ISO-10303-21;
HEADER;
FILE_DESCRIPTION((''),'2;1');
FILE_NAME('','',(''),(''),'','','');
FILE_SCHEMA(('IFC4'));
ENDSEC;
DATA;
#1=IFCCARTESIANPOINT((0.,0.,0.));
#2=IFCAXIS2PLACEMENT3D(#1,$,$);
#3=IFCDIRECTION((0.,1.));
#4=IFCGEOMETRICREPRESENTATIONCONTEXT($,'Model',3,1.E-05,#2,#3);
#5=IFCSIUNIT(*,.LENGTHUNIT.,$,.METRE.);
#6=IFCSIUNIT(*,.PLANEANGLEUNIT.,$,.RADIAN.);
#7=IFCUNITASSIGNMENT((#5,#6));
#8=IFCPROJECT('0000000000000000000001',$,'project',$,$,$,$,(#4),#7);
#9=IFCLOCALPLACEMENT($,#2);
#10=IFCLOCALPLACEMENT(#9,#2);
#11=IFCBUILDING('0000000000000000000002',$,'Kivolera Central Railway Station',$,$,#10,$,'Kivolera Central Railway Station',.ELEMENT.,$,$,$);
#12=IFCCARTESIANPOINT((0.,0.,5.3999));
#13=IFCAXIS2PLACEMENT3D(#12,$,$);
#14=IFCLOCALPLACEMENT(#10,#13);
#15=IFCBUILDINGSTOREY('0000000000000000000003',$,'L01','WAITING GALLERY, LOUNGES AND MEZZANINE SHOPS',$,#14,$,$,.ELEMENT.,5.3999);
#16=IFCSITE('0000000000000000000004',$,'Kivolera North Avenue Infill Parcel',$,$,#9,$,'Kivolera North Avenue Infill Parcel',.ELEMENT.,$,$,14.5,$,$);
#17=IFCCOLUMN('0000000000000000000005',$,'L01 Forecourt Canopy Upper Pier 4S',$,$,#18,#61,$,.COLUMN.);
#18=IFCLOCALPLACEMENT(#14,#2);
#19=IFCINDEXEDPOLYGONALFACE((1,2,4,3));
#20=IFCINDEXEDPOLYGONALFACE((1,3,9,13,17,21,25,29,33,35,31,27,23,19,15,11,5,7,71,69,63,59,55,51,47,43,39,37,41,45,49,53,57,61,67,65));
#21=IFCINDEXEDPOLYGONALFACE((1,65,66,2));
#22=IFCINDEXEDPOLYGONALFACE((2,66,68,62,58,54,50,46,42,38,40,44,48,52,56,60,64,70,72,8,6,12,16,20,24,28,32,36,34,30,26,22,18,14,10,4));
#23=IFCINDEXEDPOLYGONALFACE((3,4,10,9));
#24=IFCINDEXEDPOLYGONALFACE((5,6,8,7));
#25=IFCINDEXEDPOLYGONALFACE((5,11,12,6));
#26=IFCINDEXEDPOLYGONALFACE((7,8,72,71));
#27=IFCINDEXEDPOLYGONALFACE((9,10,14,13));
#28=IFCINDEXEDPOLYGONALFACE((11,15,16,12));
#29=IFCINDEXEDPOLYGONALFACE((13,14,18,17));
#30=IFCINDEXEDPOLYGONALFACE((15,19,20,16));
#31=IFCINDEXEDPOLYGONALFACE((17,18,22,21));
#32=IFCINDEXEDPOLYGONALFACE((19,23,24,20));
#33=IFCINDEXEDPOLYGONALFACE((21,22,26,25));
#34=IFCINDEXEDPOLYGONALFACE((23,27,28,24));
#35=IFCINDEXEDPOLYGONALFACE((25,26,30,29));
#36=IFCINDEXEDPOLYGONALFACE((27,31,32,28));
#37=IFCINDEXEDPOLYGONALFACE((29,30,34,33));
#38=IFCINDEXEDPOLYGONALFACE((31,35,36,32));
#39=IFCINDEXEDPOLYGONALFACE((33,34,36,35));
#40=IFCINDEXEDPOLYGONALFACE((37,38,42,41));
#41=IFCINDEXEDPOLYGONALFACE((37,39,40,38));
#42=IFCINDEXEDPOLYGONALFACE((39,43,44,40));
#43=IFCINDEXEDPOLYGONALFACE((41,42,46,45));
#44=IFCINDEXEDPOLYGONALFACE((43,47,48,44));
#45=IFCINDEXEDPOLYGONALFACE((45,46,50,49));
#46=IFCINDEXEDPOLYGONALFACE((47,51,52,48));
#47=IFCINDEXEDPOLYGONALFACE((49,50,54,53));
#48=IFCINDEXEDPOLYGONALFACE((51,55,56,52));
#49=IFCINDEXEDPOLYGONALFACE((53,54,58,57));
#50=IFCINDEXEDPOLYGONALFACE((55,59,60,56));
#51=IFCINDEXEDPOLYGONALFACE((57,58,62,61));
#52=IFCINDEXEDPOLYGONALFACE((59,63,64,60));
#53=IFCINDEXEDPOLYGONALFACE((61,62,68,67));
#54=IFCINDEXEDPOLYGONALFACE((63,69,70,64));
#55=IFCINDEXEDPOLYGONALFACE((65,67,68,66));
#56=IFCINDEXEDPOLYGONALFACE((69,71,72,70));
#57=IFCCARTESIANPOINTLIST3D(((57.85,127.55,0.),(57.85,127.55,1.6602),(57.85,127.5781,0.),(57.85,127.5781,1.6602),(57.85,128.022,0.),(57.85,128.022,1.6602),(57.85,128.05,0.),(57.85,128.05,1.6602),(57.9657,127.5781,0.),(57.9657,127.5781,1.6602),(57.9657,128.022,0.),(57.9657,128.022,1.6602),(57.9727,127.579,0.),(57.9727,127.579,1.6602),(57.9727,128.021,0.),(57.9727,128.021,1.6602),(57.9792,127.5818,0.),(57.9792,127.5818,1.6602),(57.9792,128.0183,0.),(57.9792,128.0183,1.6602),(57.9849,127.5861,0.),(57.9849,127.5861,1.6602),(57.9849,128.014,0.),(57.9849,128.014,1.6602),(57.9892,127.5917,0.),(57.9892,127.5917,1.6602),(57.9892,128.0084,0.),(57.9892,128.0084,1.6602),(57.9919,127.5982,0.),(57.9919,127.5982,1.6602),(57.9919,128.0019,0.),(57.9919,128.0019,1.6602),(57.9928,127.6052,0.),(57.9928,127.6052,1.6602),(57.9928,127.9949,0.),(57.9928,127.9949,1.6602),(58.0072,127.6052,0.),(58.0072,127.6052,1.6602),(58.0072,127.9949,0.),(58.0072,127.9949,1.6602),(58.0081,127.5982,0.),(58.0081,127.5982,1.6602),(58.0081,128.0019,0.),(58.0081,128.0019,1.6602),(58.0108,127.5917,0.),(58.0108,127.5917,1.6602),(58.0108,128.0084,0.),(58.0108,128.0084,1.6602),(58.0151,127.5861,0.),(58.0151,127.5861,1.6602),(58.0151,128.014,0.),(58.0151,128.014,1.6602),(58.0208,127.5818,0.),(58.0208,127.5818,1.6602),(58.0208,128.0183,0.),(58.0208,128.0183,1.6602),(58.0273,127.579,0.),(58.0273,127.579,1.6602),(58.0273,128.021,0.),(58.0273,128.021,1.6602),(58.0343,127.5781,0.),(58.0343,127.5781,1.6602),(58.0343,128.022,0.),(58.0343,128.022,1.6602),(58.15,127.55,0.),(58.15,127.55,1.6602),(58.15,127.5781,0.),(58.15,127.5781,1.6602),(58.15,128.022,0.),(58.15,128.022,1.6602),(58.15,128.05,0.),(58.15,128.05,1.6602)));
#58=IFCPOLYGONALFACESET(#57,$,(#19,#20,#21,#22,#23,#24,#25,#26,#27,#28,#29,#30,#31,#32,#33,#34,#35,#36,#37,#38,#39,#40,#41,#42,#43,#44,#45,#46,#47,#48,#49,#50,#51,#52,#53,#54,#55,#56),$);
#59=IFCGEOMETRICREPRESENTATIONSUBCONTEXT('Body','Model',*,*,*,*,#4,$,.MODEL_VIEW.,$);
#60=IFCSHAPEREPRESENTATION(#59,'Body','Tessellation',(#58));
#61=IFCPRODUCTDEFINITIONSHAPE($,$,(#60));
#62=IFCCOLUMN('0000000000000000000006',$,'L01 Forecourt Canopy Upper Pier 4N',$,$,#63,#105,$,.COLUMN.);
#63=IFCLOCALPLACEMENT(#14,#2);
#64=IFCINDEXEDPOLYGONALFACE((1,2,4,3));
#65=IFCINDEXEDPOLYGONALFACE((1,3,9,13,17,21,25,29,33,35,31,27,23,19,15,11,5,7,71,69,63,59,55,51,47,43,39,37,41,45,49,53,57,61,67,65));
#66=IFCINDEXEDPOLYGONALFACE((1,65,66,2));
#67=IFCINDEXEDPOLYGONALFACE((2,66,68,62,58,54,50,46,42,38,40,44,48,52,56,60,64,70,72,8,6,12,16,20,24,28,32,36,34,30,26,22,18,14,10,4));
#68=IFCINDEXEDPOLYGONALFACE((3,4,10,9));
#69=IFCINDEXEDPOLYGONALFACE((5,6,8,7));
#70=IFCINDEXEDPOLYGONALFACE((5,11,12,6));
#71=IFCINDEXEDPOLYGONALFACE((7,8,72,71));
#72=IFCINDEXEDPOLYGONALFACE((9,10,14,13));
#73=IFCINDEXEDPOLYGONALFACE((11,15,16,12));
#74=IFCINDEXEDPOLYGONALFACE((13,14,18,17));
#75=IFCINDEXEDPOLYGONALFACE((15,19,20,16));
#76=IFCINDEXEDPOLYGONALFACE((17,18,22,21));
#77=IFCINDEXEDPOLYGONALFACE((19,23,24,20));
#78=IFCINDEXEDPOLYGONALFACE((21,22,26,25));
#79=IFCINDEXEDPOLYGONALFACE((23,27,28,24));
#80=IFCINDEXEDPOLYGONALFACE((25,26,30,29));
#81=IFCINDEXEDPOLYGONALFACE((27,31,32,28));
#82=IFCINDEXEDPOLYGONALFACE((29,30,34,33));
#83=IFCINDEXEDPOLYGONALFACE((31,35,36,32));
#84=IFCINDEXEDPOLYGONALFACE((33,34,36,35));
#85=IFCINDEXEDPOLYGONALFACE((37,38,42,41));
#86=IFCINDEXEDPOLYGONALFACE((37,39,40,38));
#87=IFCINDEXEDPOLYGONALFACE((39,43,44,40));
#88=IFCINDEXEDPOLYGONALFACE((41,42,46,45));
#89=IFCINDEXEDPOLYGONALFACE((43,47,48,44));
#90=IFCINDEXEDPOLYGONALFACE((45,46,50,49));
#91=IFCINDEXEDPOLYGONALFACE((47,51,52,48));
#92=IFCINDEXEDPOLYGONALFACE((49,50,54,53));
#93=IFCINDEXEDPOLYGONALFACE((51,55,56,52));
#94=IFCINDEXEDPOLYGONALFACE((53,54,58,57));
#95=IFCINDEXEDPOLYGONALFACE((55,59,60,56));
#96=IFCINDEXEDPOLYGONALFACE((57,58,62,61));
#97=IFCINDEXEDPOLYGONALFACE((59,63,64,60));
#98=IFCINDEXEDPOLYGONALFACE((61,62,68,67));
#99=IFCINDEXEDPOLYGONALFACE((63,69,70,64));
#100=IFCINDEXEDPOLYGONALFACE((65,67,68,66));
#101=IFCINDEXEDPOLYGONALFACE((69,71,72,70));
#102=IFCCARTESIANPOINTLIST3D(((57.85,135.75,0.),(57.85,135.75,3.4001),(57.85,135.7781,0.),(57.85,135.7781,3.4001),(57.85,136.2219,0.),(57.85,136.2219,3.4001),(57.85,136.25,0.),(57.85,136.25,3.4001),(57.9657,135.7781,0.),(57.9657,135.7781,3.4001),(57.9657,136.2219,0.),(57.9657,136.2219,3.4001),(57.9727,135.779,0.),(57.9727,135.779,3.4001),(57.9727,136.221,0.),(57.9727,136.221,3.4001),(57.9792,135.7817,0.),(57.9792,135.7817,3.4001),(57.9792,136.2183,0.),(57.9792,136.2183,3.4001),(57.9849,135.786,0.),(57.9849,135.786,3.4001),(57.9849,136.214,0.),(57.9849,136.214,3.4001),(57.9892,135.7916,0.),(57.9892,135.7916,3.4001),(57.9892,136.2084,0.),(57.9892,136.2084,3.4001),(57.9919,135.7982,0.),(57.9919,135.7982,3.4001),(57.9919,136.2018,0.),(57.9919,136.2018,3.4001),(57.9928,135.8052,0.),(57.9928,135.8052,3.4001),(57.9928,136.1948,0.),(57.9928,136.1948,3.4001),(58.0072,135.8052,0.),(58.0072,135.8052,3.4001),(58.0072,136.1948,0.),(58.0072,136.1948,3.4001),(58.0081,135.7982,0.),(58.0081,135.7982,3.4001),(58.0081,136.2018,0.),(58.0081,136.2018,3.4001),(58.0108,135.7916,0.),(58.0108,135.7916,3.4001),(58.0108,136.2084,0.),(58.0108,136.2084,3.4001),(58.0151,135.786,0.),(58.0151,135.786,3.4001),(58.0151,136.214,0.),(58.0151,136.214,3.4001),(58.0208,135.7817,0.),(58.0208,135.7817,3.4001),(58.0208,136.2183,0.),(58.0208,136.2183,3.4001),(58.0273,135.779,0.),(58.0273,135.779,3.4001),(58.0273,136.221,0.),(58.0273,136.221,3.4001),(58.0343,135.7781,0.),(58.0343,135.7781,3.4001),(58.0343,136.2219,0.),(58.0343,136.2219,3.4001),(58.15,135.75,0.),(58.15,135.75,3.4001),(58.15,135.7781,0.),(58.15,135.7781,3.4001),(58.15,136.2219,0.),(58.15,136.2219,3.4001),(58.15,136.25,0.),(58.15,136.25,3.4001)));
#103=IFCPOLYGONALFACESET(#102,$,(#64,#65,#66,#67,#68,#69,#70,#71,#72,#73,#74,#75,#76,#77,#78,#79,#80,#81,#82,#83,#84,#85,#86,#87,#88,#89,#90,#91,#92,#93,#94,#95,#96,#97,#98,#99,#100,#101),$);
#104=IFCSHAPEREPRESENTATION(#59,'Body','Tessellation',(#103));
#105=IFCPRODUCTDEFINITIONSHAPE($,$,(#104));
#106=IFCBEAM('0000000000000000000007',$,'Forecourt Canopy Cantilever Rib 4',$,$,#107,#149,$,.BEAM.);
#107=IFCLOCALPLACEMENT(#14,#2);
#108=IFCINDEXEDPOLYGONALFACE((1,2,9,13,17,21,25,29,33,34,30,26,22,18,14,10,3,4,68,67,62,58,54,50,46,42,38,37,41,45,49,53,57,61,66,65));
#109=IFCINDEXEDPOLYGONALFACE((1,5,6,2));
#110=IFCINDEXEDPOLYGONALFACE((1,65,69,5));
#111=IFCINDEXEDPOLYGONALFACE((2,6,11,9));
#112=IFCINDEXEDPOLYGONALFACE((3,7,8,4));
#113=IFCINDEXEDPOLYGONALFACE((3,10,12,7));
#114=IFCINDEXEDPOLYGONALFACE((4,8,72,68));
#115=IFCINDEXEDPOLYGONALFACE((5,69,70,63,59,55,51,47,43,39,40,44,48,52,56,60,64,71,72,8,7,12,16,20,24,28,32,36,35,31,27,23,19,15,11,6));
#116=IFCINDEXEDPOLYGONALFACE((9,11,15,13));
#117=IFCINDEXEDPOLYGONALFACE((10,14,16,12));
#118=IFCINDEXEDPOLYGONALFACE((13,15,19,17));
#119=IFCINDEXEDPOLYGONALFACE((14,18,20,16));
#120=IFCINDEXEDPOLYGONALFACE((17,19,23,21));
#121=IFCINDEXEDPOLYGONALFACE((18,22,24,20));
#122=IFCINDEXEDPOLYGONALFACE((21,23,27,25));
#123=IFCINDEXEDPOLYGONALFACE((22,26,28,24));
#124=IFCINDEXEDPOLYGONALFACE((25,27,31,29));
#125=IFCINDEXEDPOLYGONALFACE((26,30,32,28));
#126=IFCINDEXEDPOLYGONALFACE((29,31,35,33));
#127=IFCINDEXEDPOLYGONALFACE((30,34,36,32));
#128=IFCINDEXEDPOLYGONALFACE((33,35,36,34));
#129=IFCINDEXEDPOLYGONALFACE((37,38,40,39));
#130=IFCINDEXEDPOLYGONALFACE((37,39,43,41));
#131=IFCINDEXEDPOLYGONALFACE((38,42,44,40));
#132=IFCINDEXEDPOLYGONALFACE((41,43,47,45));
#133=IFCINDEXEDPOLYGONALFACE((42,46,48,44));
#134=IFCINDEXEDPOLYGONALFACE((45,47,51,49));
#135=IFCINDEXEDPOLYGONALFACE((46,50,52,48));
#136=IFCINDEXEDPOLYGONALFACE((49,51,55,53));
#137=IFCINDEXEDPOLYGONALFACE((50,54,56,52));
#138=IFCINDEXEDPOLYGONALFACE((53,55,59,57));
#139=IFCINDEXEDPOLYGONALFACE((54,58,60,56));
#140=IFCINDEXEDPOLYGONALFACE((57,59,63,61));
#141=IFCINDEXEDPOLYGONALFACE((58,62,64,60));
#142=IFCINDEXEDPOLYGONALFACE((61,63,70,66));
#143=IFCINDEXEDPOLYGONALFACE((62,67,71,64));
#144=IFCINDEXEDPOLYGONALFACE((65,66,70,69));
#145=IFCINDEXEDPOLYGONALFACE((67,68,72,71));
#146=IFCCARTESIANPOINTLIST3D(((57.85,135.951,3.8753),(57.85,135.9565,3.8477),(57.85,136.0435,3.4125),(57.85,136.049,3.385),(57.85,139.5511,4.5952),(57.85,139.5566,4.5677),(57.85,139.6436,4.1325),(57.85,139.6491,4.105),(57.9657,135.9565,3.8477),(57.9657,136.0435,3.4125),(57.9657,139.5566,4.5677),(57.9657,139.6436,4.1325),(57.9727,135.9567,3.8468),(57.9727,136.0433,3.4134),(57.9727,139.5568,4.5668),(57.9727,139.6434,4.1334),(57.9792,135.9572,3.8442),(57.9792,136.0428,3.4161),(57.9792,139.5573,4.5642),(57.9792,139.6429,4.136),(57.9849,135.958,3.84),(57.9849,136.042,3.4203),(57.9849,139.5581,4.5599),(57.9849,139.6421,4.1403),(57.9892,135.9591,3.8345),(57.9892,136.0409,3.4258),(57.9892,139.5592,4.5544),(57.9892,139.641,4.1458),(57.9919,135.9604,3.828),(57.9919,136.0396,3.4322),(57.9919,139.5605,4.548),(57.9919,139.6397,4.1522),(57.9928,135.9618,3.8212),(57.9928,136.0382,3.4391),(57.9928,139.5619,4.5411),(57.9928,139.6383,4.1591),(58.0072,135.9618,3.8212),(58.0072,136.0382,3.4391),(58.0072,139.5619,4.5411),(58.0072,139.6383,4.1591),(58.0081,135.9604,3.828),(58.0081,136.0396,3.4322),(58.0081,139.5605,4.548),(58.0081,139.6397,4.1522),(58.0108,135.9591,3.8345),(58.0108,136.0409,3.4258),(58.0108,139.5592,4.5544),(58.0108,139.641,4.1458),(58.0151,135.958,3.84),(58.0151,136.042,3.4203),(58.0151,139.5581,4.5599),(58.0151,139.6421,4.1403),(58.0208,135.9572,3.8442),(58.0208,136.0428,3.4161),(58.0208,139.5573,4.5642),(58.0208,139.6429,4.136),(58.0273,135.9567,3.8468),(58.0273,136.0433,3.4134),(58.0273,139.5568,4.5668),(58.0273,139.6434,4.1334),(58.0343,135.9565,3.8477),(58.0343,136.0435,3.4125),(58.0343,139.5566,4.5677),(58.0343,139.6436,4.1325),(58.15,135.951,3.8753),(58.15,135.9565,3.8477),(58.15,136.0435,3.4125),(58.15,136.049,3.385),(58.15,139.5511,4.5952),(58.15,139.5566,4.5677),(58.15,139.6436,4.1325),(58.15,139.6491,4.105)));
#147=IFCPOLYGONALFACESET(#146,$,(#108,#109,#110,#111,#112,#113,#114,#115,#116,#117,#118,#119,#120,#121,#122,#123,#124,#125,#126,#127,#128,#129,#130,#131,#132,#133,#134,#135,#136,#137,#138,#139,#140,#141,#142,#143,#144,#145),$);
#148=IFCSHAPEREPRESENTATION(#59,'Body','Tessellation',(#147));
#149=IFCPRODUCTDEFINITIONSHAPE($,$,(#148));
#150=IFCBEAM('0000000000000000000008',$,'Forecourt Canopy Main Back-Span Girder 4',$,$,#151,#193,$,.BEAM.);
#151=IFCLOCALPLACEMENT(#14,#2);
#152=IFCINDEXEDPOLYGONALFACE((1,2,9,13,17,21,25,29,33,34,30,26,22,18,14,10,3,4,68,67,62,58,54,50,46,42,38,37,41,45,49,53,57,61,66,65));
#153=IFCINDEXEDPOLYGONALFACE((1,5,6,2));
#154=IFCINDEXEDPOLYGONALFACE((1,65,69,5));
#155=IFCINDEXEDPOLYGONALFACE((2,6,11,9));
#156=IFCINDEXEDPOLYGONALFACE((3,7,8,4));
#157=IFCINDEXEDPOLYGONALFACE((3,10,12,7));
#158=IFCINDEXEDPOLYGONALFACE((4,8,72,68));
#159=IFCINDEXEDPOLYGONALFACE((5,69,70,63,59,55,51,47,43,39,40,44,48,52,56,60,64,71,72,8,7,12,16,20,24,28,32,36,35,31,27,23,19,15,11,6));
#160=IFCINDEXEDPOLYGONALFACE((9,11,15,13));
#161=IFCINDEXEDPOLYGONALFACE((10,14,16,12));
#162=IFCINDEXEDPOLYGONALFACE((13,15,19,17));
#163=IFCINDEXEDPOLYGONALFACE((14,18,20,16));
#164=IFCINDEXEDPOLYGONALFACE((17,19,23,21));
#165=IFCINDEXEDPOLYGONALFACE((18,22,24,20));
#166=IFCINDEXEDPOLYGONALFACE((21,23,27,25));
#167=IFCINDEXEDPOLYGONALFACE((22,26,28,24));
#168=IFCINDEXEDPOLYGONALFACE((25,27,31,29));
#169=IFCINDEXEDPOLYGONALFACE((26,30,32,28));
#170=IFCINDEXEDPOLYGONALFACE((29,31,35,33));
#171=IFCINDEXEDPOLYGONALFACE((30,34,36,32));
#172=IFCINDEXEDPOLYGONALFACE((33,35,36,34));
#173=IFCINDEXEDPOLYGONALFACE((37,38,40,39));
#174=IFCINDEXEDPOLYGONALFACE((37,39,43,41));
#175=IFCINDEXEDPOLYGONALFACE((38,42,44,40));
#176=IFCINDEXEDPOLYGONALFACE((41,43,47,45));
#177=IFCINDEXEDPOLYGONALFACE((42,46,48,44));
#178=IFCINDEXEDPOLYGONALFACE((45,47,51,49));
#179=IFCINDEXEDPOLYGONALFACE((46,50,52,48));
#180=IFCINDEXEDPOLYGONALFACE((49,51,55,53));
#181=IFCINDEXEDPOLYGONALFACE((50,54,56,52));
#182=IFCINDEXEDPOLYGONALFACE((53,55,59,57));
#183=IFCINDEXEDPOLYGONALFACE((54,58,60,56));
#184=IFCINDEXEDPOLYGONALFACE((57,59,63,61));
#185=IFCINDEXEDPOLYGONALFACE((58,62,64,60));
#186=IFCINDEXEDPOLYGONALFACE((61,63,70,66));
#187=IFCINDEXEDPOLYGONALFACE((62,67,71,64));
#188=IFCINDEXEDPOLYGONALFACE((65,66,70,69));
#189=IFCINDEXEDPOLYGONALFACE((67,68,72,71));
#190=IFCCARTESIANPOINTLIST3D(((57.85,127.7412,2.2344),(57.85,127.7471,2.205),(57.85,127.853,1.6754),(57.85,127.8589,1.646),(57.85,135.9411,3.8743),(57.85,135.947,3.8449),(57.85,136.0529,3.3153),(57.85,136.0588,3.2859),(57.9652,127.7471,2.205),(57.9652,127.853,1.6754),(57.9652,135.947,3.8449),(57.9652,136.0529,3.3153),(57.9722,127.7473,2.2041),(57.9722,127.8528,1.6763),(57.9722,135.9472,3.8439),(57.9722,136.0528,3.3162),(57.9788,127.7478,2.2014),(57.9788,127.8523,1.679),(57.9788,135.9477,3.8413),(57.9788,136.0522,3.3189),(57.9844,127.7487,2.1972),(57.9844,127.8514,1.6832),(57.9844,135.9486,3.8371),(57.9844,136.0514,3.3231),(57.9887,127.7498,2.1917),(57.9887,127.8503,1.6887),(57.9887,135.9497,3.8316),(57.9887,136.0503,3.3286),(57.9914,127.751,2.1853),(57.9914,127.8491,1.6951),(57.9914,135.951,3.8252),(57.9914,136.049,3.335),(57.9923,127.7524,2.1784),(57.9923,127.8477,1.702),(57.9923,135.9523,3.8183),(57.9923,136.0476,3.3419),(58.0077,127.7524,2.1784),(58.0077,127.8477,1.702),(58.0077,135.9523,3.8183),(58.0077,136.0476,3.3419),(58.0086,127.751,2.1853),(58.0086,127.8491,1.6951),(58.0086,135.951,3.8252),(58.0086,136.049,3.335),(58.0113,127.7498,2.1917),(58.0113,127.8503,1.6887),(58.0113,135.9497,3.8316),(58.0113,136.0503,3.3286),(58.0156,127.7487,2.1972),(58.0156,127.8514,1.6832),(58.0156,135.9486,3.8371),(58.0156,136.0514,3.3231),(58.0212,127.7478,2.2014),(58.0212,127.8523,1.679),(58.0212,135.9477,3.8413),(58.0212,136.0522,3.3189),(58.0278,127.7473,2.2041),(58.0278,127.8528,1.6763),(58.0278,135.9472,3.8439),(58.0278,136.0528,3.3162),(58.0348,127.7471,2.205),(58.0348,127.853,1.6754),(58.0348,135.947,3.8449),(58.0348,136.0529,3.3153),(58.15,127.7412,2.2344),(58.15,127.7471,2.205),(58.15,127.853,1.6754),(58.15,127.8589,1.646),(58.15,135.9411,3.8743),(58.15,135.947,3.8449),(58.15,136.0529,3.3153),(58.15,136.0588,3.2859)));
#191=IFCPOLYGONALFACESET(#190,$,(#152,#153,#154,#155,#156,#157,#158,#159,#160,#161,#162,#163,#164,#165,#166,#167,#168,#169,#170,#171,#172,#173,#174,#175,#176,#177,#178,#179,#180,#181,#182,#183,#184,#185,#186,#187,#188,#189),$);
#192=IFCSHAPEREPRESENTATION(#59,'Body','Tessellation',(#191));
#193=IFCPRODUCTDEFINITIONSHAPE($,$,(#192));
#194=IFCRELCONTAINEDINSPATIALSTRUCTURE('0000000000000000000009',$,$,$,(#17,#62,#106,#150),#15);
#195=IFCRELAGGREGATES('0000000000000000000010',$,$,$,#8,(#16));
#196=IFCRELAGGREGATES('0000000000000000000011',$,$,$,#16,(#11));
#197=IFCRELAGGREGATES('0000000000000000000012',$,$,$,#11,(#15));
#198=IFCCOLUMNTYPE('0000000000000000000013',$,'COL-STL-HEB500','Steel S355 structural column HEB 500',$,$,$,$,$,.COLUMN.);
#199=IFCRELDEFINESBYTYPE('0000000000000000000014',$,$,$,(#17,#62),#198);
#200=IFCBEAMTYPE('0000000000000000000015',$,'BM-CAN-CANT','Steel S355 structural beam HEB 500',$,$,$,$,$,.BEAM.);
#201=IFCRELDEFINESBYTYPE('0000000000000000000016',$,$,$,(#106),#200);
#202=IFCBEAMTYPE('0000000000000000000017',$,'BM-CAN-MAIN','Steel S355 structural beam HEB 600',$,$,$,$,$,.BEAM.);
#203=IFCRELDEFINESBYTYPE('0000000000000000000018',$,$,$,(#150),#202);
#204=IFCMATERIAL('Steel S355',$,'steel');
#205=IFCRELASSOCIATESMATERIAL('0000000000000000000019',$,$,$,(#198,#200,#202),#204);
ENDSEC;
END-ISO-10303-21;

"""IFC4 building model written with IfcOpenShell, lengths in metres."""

from ifc_helpers import new_model, si_unit, direction, frame, origin, origin_2d, place, context, subcontext, project, spatial, i_section, extrude, material, material_profile, profile_set, type_object, element, save


model = new_model("IFC4")

# Units and contexts
model_context = context("Model", 3, precision=1e-05, world=origin(), true_north=direction((0.0, 1.0)))
body_context = subcontext(model_context, "Body", "Model", "MODEL_VIEW")
ifc_project = project(units=[si_unit("LENGTHUNIT", "METRE"), si_unit("PLANEANGLEUNIT", "RADIAN")], contexts=[model_context])

# Site, building, storey
site_placement = place(None, origin())
site = spatial("IfcSite", under=ifc_project, at=site_placement, Name="Kivolera North Avenue Infill Parcel", LongName="Kivolera North Avenue Infill Parcel", CompositionType="ELEMENT", RefElevation=14.5)
building_placement = place(site_placement, origin())
building = spatial("IfcBuilding", under=site, at=building_placement, Name="Kivolera Central Railway Station", LongName="Kivolera Central Railway Station", CompositionType="ELEMENT")
storey_placement = place(building_placement, frame((0.0, 0.0, 5.3999)))
storey = spatial("IfcBuildingStorey", under=building, at=storey_placement, Name="L01", Description="WAITING GALLERY, LOUNGES AND MEZZANINE SHOPS", CompositionType="ELEMENT", Elevation=5.3999)

# Columns
ifc_material_1 = material(Name="Steel S355", Category="steel")
ifc_material_profile_1 = material_profile(ifc_material_1, i_section(OverallWidth=0.3, OverallDepth=0.5, WebThickness=0.0144, FlangeThickness=0.0281, FilletRadius=0.0271, at=origin_2d()), Name="HEB 500")
ifc_profile_set_1 = profile_set([ifc_material_profile_1], Name="Steel S355")
column_type = type_object("IfcColumnType", Name="COL-STL-HEB500", Description="Steel S355 structural column HEB 500", PredefinedType="COLUMN", material=ifc_profile_set_1)
column_1_placement = place(storey_placement, frame((58.0, 127.8, 0.0), z_axis=(0.0, 0.0, 1.0), x_axis=(1.0, 0.0, 0.0)))
element("IfcColumn", 1, at=column_1_placement, inside=storey, type_object=column_type, Name="L01 Forecourt Canopy Upper Pier 4S", PredefinedType="COLUMN", context=body_context, shape_type="SweptSolid", body=[
    extrude(i_section(OverallWidth=0.3, OverallDepth=0.5, WebThickness=0.0144, FlangeThickness=0.0281, FilletRadius=0.0271, at=origin_2d()), origin(), (0.0, 0.0, 1.0), 1.6602),
])
column_2_placement = place(storey_placement, frame((58.0, 136.0, 0.0), z_axis=(0.0, 0.0, 1.0), x_axis=(1.0, 0.0, 0.0)))
element("IfcColumn", 2, at=column_2_placement, inside=storey, type_object=column_type, Name="L01 Forecourt Canopy Upper Pier 4N", PredefinedType="COLUMN", context=body_context, shape_type="SweptSolid", body=[
    extrude(i_section(OverallWidth=0.3, OverallDepth=0.5, WebThickness=0.0144, FlangeThickness=0.0281, FilletRadius=0.0271, at=origin_2d()), origin(), (0.0, 0.0, 1.0), 3.4001),
])

# Beams
ifc_material_profile_2 = material_profile(ifc_material_1, i_section(OverallWidth=0.3, OverallDepth=0.5, WebThickness=0.0144, FlangeThickness=0.0281, FilletRadius=0.0271, at=origin_2d()), Name="HEB 500")
ifc_profile_set_2 = profile_set([ifc_material_profile_2], Name="Steel S355")
beam_type_1 = type_object("IfcBeamType", Name="BM-CAN-CANT", Description="Steel S355 structural beam HEB 500", PredefinedType="BEAM", material=ifc_profile_set_2)
beam_1_placement = place(storey_placement, frame((58.0, 136.0, 3.6301), z_axis=(0.0, 0.980583, 0.196103), x_axis=(-1.0, 0.0, 0.0)))
element("IfcBeam", 3, at=beam_1_placement, inside=storey, type_object=beam_type_1, Name="Forecourt Canopy Cantilever Rib 4", PredefinedType="BEAM", context=body_context, shape_type="SweptSolid", body=[
    extrude(i_section(OverallWidth=0.3, OverallDepth=0.5, WebThickness=0.0144, FlangeThickness=0.0281, FilletRadius=0.0271, at=origin_2d()), origin(), (0.0, 0.0, 1.0), 3.6714),
])
ifc_material_profile_3 = material_profile(ifc_material_1, i_section(OverallWidth=0.3, OverallDepth=0.6001, WebThickness=0.0154, FlangeThickness=0.03, FilletRadius=0.0271, at=origin_2d()), Name="HEB 600")
ifc_profile_set_3 = profile_set([ifc_material_profile_3], Name="Steel S355")
beam_type_2 = type_object("IfcBeamType", Name="BM-CAN-MAIN", Description="Steel S355 structural beam HEB 600", PredefinedType="BEAM", material=ifc_profile_set_3)
beam_2_placement = place(storey_placement, frame((58.0, 127.8, 1.9402), z_axis=(0.0, 0.980583, 0.196105), x_axis=(-1.0, 0.0, 0.0)))
element("IfcBeam", 4, at=beam_2_placement, inside=storey, type_object=beam_type_2, Name="Forecourt Canopy Main Back-Span Girder 4", PredefinedType="BEAM", context=body_context, shape_type="SweptSolid", body=[
    extrude(i_section(OverallWidth=0.3, OverallDepth=0.6001, WebThickness=0.0154, FlangeThickness=0.03, FilletRadius=0.0271, at=origin_2d()), origin(), (0.0, 0.0, 1.0), 8.3623),
])

save(model, "model.ifc")
